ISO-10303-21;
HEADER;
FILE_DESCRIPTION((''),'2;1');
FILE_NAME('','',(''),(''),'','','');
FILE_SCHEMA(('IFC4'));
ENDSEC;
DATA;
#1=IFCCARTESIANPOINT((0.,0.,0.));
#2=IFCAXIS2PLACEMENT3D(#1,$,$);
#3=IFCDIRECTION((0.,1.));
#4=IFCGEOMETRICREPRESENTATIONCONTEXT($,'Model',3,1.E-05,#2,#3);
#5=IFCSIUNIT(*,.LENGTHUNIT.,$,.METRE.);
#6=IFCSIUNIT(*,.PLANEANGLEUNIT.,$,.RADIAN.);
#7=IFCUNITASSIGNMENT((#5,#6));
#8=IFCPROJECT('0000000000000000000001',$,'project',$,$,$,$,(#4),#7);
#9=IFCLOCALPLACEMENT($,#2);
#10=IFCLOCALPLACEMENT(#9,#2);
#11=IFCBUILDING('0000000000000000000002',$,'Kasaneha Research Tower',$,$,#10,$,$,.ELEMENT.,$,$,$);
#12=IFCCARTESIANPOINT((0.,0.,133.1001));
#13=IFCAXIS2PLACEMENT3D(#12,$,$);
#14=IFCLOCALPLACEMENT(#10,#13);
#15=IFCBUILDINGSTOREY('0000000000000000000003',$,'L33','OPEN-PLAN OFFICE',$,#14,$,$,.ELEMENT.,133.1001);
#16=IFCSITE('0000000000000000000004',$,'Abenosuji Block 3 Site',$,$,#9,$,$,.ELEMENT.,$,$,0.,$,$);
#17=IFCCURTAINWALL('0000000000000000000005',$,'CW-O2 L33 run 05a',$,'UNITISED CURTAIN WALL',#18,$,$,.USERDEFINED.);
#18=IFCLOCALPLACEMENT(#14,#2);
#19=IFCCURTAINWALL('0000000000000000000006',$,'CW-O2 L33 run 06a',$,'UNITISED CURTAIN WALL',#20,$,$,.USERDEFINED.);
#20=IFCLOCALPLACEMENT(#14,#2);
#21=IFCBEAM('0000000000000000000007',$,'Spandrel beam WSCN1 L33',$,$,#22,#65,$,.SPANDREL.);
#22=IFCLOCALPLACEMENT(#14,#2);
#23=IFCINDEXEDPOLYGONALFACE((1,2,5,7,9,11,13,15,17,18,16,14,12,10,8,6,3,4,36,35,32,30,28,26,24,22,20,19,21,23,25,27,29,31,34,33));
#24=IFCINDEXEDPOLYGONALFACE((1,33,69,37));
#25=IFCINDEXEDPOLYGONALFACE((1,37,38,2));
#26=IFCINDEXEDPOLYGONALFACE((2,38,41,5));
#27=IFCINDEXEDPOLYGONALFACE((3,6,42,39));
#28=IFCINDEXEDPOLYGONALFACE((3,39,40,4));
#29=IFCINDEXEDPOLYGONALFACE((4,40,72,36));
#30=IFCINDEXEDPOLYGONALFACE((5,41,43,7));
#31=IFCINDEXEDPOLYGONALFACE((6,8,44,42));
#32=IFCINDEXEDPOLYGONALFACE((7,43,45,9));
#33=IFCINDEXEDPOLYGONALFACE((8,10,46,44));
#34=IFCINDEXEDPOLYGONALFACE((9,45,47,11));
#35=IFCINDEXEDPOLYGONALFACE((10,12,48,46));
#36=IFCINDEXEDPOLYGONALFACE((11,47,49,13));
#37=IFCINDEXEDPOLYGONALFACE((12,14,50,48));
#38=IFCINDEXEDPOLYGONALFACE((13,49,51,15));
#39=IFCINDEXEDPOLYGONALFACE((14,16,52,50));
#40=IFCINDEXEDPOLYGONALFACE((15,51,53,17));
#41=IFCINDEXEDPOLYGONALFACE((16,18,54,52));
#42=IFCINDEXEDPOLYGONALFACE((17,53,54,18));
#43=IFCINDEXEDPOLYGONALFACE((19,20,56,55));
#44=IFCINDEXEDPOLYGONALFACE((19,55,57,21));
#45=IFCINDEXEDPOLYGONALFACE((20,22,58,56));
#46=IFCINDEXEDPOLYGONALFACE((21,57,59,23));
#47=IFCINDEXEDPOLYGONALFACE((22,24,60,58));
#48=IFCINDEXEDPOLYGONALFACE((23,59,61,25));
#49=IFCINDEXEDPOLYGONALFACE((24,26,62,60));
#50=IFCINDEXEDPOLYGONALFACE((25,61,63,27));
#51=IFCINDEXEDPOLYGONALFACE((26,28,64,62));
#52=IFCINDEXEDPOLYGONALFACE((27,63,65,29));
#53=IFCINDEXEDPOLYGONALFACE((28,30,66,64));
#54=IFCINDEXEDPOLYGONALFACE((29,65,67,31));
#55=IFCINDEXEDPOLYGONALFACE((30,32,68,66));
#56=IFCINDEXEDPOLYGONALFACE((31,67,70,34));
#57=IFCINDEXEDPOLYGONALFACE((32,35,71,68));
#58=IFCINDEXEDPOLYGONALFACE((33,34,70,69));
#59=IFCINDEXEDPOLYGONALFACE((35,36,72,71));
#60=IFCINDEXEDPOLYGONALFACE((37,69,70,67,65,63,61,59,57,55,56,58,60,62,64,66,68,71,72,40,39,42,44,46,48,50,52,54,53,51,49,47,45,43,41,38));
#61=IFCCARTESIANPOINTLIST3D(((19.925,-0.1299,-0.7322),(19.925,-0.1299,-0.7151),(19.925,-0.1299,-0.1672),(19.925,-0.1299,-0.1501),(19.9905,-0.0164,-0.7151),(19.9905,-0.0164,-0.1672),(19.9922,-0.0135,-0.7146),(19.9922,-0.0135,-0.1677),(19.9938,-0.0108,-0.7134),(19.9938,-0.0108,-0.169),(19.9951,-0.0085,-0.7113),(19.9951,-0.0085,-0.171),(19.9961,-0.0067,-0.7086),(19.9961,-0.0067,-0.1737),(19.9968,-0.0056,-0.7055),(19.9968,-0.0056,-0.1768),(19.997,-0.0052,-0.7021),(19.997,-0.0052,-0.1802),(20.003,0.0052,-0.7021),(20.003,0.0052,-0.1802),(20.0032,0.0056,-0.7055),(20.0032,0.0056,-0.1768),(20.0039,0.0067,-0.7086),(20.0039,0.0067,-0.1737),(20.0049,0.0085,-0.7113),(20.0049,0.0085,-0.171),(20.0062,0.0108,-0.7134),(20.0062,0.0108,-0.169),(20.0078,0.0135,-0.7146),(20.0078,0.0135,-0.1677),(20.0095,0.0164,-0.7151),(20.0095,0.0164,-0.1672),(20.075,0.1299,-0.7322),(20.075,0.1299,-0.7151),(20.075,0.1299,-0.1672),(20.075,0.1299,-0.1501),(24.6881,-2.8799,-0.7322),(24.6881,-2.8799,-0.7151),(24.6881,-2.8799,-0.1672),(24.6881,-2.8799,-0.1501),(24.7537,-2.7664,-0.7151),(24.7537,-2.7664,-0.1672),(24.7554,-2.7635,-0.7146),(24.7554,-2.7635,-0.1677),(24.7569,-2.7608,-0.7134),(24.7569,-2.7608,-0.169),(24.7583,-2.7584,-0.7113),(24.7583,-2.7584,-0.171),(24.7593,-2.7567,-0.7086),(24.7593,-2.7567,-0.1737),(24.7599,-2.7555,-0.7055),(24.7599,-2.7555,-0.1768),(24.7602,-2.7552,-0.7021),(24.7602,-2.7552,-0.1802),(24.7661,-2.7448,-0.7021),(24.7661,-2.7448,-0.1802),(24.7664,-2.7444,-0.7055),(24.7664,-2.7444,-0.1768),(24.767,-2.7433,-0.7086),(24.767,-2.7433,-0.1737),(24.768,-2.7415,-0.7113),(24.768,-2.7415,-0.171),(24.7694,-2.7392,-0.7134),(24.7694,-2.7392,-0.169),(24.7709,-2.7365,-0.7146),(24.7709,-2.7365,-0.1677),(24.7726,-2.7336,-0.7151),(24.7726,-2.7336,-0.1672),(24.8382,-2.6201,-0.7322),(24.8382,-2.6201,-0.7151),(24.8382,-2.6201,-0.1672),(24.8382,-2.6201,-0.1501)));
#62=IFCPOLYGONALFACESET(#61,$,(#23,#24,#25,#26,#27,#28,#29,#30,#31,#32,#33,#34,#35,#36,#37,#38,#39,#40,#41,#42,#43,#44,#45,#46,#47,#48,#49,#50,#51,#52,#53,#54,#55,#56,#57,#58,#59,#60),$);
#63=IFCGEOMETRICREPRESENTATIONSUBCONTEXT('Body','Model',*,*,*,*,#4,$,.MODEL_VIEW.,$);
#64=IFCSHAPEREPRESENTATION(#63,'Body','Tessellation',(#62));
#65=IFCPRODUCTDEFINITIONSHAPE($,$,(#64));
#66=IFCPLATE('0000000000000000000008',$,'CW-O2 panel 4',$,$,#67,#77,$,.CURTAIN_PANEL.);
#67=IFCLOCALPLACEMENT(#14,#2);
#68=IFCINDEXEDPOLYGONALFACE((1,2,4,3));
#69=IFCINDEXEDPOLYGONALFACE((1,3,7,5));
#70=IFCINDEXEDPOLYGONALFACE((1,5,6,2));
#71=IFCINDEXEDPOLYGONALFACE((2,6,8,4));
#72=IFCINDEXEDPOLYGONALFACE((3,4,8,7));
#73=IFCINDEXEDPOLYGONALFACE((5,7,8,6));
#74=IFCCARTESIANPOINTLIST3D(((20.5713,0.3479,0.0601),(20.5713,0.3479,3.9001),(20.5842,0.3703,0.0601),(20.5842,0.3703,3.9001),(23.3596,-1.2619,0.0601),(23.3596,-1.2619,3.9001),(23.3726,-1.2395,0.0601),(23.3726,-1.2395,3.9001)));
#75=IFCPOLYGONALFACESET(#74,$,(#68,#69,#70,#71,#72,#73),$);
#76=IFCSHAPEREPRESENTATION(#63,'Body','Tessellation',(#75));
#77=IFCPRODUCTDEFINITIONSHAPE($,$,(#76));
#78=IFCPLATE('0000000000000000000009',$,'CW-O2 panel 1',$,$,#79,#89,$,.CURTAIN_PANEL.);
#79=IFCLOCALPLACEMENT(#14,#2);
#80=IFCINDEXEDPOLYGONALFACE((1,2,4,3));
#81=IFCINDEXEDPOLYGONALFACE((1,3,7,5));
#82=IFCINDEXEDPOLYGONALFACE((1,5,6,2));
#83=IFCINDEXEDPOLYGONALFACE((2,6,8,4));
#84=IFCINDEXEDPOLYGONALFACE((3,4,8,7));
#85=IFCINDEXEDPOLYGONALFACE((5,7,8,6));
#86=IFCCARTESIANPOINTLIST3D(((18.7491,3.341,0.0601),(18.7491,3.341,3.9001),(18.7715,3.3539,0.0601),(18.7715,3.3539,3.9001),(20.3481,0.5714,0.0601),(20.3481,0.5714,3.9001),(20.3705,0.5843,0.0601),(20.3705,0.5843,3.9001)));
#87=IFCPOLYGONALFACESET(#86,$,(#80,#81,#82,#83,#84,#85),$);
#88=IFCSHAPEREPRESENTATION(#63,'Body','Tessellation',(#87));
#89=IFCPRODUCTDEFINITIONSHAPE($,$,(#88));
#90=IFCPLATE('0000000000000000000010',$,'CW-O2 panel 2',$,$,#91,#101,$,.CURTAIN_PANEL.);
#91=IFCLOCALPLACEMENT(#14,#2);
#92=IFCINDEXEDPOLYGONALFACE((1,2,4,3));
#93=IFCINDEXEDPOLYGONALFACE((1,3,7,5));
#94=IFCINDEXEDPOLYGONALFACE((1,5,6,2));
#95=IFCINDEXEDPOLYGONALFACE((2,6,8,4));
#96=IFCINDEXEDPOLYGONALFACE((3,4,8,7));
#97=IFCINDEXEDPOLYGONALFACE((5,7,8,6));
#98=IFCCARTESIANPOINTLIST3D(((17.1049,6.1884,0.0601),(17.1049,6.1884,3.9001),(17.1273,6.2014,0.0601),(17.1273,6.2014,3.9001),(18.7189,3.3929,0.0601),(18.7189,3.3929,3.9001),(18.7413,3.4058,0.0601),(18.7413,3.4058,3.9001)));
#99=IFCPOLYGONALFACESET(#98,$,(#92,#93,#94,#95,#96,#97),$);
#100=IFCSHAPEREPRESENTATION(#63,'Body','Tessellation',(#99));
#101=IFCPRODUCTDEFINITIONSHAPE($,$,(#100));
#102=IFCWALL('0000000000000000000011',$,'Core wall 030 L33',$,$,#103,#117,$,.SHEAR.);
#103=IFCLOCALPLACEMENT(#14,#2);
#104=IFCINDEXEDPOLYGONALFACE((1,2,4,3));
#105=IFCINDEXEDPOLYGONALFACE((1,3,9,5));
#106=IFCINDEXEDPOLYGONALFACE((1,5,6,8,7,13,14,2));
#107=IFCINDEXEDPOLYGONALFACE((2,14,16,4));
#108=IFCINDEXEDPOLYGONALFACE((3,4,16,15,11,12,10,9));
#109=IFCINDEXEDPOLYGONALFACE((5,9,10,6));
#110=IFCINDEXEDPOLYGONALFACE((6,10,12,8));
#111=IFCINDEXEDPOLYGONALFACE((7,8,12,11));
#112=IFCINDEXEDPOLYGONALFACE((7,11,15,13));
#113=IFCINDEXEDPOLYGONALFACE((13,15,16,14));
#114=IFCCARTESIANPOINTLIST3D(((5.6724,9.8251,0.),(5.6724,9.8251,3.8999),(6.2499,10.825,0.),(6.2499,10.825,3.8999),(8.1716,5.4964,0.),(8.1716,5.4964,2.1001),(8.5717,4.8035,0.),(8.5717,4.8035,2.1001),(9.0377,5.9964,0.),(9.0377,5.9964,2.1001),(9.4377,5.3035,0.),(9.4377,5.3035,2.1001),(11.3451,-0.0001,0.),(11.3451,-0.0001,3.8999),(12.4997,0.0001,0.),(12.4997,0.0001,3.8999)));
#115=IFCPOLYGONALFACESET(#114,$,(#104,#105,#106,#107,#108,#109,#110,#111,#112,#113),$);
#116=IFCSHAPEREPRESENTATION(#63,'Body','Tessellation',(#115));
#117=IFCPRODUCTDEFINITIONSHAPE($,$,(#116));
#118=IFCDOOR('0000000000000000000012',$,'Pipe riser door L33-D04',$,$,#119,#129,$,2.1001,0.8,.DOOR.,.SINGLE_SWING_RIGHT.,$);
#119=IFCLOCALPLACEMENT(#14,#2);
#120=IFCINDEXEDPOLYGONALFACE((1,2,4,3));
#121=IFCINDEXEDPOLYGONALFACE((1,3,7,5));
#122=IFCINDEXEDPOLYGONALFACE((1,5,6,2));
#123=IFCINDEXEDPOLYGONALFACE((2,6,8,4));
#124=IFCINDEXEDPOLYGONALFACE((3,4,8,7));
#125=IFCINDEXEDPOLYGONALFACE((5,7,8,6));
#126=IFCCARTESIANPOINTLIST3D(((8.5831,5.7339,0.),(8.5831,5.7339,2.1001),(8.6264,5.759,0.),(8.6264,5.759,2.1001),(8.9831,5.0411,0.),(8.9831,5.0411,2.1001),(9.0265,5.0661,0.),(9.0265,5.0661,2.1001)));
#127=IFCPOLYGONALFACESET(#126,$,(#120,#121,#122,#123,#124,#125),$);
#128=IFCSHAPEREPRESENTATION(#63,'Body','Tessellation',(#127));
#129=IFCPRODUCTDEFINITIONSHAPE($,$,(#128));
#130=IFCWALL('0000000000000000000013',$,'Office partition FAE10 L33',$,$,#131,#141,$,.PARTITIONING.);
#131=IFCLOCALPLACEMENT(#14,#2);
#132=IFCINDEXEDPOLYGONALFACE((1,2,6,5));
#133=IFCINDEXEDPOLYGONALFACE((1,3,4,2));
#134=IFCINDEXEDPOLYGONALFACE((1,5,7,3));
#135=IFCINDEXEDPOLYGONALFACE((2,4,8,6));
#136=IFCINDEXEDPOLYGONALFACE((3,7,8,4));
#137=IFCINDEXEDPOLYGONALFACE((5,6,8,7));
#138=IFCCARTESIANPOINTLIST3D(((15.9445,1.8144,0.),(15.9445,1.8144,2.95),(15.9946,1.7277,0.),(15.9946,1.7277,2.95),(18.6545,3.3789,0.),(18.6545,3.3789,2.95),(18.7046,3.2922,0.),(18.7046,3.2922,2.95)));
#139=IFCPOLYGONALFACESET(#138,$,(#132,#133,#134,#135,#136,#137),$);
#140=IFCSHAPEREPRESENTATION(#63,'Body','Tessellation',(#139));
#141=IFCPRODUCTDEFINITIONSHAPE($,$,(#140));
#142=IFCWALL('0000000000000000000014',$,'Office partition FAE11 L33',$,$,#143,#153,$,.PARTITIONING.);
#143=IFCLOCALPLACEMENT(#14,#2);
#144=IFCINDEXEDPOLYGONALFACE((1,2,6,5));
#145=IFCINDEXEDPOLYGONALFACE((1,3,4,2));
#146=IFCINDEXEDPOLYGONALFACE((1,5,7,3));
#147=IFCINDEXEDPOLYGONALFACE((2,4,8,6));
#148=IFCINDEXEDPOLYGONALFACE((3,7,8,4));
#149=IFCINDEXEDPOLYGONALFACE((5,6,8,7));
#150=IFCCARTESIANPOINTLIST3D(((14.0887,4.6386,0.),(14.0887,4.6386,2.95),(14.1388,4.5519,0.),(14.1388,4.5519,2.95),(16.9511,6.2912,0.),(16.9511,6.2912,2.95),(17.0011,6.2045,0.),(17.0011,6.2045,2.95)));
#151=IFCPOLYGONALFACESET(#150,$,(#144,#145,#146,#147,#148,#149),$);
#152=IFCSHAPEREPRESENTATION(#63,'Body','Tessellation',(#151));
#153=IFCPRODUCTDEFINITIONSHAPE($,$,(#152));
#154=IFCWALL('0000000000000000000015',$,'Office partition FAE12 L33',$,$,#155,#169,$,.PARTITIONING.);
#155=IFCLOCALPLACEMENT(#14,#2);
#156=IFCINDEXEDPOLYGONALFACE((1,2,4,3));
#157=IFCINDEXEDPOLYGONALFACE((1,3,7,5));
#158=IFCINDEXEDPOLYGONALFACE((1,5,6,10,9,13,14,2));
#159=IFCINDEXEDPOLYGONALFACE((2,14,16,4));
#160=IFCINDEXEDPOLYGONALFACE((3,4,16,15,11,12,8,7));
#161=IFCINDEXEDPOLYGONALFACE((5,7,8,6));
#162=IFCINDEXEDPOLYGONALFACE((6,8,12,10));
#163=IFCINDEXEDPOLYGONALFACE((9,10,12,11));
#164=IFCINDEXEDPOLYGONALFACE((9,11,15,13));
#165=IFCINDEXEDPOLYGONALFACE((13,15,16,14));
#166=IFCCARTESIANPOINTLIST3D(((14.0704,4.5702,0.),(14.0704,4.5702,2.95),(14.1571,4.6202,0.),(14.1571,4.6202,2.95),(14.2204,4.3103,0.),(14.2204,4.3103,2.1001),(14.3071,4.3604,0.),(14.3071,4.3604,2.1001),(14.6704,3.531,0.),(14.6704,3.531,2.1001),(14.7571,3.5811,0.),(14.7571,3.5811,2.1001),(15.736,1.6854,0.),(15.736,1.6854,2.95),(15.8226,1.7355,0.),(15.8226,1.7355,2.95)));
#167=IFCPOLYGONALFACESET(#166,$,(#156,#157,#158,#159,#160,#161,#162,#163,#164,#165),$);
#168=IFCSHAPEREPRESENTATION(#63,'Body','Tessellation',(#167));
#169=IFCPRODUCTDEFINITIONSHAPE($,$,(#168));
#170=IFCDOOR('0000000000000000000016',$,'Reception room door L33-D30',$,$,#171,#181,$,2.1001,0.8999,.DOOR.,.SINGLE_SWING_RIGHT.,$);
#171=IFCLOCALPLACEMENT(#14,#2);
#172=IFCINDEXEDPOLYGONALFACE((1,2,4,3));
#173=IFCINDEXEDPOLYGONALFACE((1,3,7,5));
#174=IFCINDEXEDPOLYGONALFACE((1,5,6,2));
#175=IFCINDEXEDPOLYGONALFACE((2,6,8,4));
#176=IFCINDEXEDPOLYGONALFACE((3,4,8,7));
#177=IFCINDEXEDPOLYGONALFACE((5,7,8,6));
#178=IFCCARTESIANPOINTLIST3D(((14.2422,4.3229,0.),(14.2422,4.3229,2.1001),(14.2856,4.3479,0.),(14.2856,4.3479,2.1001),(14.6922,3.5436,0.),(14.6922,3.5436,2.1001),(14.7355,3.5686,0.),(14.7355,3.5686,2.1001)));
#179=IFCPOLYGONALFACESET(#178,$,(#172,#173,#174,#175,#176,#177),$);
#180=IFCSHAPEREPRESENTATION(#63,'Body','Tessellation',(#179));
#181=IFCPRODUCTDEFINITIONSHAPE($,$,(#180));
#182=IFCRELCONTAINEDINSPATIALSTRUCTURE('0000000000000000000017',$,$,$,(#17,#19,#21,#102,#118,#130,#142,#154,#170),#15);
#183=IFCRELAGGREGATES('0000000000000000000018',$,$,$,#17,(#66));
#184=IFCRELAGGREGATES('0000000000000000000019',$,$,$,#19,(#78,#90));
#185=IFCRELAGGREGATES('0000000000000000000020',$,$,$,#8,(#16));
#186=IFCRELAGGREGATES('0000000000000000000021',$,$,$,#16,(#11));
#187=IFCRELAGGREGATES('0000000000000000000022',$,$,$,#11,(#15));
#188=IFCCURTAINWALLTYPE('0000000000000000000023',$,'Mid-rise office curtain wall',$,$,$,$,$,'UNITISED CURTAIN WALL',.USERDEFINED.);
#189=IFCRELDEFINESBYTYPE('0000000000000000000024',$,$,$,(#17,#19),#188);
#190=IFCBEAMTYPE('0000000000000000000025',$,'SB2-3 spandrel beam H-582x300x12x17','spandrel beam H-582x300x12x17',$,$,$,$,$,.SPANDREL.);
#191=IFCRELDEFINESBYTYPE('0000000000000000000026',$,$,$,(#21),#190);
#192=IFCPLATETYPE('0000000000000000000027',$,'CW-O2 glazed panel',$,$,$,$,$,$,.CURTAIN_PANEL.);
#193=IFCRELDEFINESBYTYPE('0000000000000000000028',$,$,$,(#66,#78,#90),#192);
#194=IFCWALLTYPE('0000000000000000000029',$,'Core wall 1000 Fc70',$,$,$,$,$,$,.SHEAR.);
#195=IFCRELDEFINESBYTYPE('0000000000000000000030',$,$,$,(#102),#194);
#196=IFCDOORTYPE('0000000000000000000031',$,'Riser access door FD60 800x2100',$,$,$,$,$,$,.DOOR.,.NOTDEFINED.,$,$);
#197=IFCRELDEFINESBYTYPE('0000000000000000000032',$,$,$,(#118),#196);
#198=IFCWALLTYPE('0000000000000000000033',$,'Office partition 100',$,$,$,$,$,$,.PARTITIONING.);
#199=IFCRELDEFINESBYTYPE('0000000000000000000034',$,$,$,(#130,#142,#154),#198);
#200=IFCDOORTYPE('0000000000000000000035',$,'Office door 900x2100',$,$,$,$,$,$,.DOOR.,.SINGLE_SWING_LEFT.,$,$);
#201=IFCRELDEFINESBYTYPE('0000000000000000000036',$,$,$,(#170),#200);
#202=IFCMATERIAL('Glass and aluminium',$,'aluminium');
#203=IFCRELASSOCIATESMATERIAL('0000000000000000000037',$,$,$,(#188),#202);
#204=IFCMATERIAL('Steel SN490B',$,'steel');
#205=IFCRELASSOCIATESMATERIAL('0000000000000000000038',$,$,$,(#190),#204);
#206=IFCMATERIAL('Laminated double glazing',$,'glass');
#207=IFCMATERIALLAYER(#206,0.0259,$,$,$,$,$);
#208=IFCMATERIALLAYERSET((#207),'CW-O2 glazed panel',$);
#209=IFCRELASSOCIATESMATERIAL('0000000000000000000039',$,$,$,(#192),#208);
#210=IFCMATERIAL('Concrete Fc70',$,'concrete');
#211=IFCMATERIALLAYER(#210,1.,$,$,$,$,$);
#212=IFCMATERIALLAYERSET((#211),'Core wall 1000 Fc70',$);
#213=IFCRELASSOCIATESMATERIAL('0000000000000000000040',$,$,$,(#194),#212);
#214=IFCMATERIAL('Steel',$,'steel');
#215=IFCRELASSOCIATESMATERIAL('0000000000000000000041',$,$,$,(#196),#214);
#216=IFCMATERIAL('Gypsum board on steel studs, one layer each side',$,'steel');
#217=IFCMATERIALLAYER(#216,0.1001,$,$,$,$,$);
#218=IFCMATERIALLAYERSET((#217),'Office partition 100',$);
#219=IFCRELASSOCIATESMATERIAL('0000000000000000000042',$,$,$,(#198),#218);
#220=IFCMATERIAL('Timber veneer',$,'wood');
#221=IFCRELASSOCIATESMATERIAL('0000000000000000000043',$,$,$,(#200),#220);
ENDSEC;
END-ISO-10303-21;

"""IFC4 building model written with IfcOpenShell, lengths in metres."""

from ifc_helpers import new_model, si_unit, direction, frame, frame_2d, origin, origin_2d, place, context, subcontext, project, spatial, polyline, rectangle, i_section, outline, extrude, material, layer, layer_set, material_profile, profile_set, type_object, element, fill, aggregate, save


model = new_model("IFC4")

# Units and contexts
model_context = context("Model", 3, precision=1e-05, world=origin(), true_north=direction((0.0, 1.0)))
body_context = subcontext(model_context, "Body", "Model", "MODEL_VIEW")
ifc_project = project(units=[si_unit("LENGTHUNIT", "METRE"), si_unit("PLANEANGLEUNIT", "RADIAN")], contexts=[model_context])

# Site, building, storey
site_placement = place(None, origin())
site = spatial("IfcSite", under=ifc_project, at=site_placement, Name="Abenosuji Block 3 Site", CompositionType="ELEMENT", RefElevation=0.0)
building_placement = place(site_placement, origin())
building = spatial("IfcBuilding", under=site, at=building_placement, Name="Kasaneha Research Tower", CompositionType="ELEMENT")
storey_placement = place(building_placement, frame((0.0, 0.0, 133.1001)))
storey = spatial("IfcBuildingStorey", under=building, at=storey_placement, Name="L33", Description="OPEN-PLAN OFFICE", CompositionType="ELEMENT", Elevation=133.1001)

# Curtain walls
ifc_material_1 = material(Name="Glass and aluminium", Category="aluminium")
curtain_wall_type = type_object("IfcCurtainWallType", Name="Mid-rise office curtain wall", ElementType="UNITISED CURTAIN WALL", PredefinedType="USERDEFINED", material=ifc_material_1)
curtain_wall_1_placement = place(storey_placement, origin())
curtain_wall_1 = element("IfcCurtainWall", 1, at=curtain_wall_1_placement, inside=storey, type_object=curtain_wall_type, Name="CW-O2 L33 run 05a", ObjectType="UNITISED CURTAIN WALL", PredefinedType="USERDEFINED")
curtain_wall_2_placement = place(storey_placement, origin())
curtain_wall_2 = element("IfcCurtainWall", 2, at=curtain_wall_2_placement, inside=storey, type_object=curtain_wall_type, Name="CW-O2 L33 run 06a", ObjectType="UNITISED CURTAIN WALL", PredefinedType="USERDEFINED")

# Beam
ifc_material_2 = material(Name="Steel SN490B", Category="steel")
ifc_material_profile_1 = material_profile(ifc_material_2, i_section(OverallWidth=0.3, OverallDepth=0.582, WebThickness=0.012, FlangeThickness=0.0171, FilletRadius=0.0129, at=origin_2d()), Name="H-582x300x12x17")
ifc_profile_set_1 = profile_set([ifc_material_profile_1], Name="Steel SN490B")
beam_type_1 = type_object("IfcBeamType", Name="SB2-3 spandrel beam H-582x300x12x17", Description="spandrel beam H-582x300x12x17", PredefinedType="SPANDREL", material=ifc_profile_set_1)
beam_1_placement = place(storey_placement, frame((20.0, 0.0, -0.4412), z_axis=(0.866027, -0.499997, 0.0), x_axis=(0.499997, 0.866027, 0.0)))
element("IfcBeam", 3, at=beam_1_placement, inside=storey, type_object=beam_type_1, Name="Spandrel beam WSCN1 L33", PredefinedType="SPANDREL", context=body_context, shape_type="SweptSolid", body=[
    extrude(i_section(OverallWidth=0.3, OverallDepth=0.582, WebThickness=0.012, FlangeThickness=0.0171, FilletRadius=0.0129, at=origin_2d()), origin(), (0.0, 0.0, 1.0), 5.5),
])

# Plates
ifc_material_3 = material(Name="Laminated double glazing", Category="glass")
ifc_layer_1 = layer(ifc_material_3, 0.0259)
ifc_layer_set_1 = layer_set([ifc_layer_1], Name="CW-O2 glazed panel")
plate_type = type_object("IfcPlateType", Name="CW-O2 glazed panel", PredefinedType="CURTAIN_PANEL", material=ifc_layer_set_1)
plate_1_placement = place(storey_placement, frame((21.9719, -0.4458, 0.0601), z_axis=(0.0, 0.0, 1.0), x_axis=(-0.866025, 0.5, 0.0)))
plate_1 = element("IfcPlate", 4, at=plate_1_placement, type_object=plate_type, Name="CW-O2 panel 4", PredefinedType="CURTAIN_PANEL", context=body_context, shape_type="SweptSolid", body=[
    extrude(rectangle(XDim=3.2197, YDim=0.0259, at=origin_2d()), origin(), (0.0, 0.0, 1.0), 3.8401),
])
aggregate(curtain_wall_1, [plate_1])
plate_2_placement = place(storey_placement, frame((19.5598, 1.9626, 0.0601), z_axis=(0.0, 0.0, 1.0), x_axis=(-0.5, 0.866025, 0.0)))
plate_2 = element("IfcPlate", 5, at=plate_2_placement, type_object=plate_type, Name="CW-O2 panel 1", PredefinedType="CURTAIN_PANEL", context=body_context, shape_type="SweptSolid", body=[
    extrude(rectangle(XDim=3.198, YDim=0.0259, at=origin_2d()), origin(), (0.0, 0.0, 1.0), 3.8401),
])
plate_3_placement = place(storey_placement, frame((17.9231, 4.7971, 0.0601), z_axis=(0.0, 0.0, 1.0), x_axis=(-0.5, 0.866025, 0.0)))
plate_3 = element("IfcPlate", 6, at=plate_3_placement, type_object=plate_type, Name="CW-O2 panel 2", PredefinedType="CURTAIN_PANEL", context=body_context, shape_type="SweptSolid", body=[
    extrude(rectangle(XDim=3.228, YDim=0.0259, at=origin_2d()), origin(), (0.0, 0.0, 1.0), 3.8401),
])
aggregate(curtain_wall_2, [plate_2, plate_3])

# Wall, opening, door
ifc_material_4 = material(Name="Concrete Fc70", Category="concrete")
ifc_layer_2 = layer(ifc_material_4, 1.0)
ifc_layer_set_2 = layer_set([ifc_layer_2], Name="Core wall 1000 Fc70")
wall_type_1 = type_object("IfcWallType", Name="Core wall 1000 Fc70", PredefinedType="SHEAR", material=ifc_layer_set_2)
wall_1_placement = place(storey_placement, frame((11.9224, 0.0, 0.0), z_axis=(0.0, 0.0, 1.0), x_axis=(-0.500004, 0.866023, 0.0)))
wall_1 = element("IfcWall", 7, at=wall_1_placement, inside=storey, type_object=wall_type_1, Name="Core wall 030 L33", PredefinedType="SHEAR", context=body_context, shape_type="SweptSolid", body=[
    extrude(outline(polyline([(-0.2886, -0.5), (5.8354, -0.5), (6.6355, -0.5), (12.2109, -0.5), (11.6338, 0.5), (6.6355, 0.5), (5.8354, 0.5), (0.2886, 0.5), (-0.2886, -0.5)])), origin(), (0.0, 0.0, 1.0), 3.8999),
])
opening_1_placement = place(wall_1_placement, frame((5.8354, 0.0, 0.0)))
opening_1 = element("IfcOpeningElement", 8, at=opening_1_placement, cuts=wall_1, PredefinedType="OPENING", context=body_context, shape_type="SweptSolid", body=[
    extrude(rectangle(XDim=0.8, YDim=2.1001, at=frame_2d((0.3999, 1.05))), frame((0.0, 0.51, 0.0), z_axis=(0.0, -1.0, 0.0), x_axis=(1.0, 0.0, 0.0)), (0.0, 0.0, 1.0), 1.02),
])
ifc_material_5 = material(Name="Steel", Category="steel")
door_type_1 = type_object("IfcDoorType", Name="Riser access door FD60 800x2100", OperationType="NOTDEFINED", PredefinedType="DOOR", material=ifc_material_5)
door_1_placement = place(opening_1_placement, origin())
door_1 = element("IfcDoor", 9, at=door_1_placement, inside=storey, type_object=door_type_1, Name="Pipe riser door L33-D04", OperationType="SINGLE_SWING_RIGHT", OverallHeight=2.1001, OverallWidth=0.8, PredefinedType="DOOR", context=body_context, shape_type="SweptSolid", body=[
    extrude(rectangle(XDim=0.8, YDim=2.1001, at=frame_2d((0.3999, 1.05))), frame((0.0, 0.0249, 0.0), z_axis=(0.0, -1.0, 0.0), x_axis=(1.0, 0.0, 0.0)), (0.0, 0.0, 1.0), 0.05),
])
fill(opening_1, door_1)

# Walls
ifc_material_6 = material(Name="Gypsum board on steel studs, one layer each side", Category="steel")
ifc_layer_3 = layer(ifc_material_6, 0.1001)
ifc_layer_set_3 = layer_set([ifc_layer_3], Name="Office partition 100")
wall_type_2 = type_object("IfcWallType", Name="Office partition 100", PredefinedType="PARTITIONING", material=ifc_layer_set_3)
wall_2_placement = place(storey_placement, frame((18.6794, 3.3354, 0.0), z_axis=(0.0, 0.0, 1.0), x_axis=(-0.866045, -0.499966, 0.0)))
element("IfcWall", 10, at=wall_2_placement, inside=storey, type_object=wall_type_2, Name="Office partition FAE10 L33", PredefinedType="PARTITIONING", context=body_context, shape_type="SweptSolid", body=[
    extrude(rectangle(XDim=3.1292, YDim=0.1001, at=frame_2d((1.5645, 0.0))), origin(), (0.0, 0.0, 1.0), 2.95),
])
wall_3_placement = place(storey_placement, frame((14.1138, 4.5952, 0.0), z_axis=(0.0, 0.0, 1.0), x_axis=(0.866021, 0.500008, 0.0)))
element("IfcWall", 11, at=wall_3_placement, inside=storey, type_object=wall_type_2, Name="Office partition FAE11 L33", PredefinedType="PARTITIONING", context=body_context, shape_type="SweptSolid", body=[
    extrude(rectangle(XDim=3.3052, YDim=0.1001, at=frame_2d((1.6526, 0.0))), origin(), (0.0, 0.0, 1.0), 2.95),
])

# Wall, opening, door
wall_4_placement = place(storey_placement, frame((15.7793, 1.7104, 0.0), z_axis=(0.0, 0.0, 1.0), x_axis=(-0.500002, 0.866024, 0.0)))
wall_4 = element("IfcWall", 12, at=wall_4_placement, inside=storey, type_object=wall_type_2, Name="Office partition FAE12 L33", PredefinedType="PARTITIONING", context=body_context, shape_type="SweptSolid", body=[
    extrude(rectangle(XDim=3.3311, YDim=0.1001, at=frame_2d((1.6655, 0.0))), origin(), (0.0, 0.0, 1.0), 2.95),
])
opening_2_placement = place(wall_4_placement, frame((2.1311, 0.0, 0.0)))
opening_2 = element("IfcOpeningElement", 13, at=opening_2_placement, cuts=wall_4, PredefinedType="OPENING", context=body_context, shape_type="SweptSolid", body=[
    extrude(rectangle(XDim=0.8999, YDim=2.1001, at=frame_2d((0.45, 1.05))), frame((0.0, 0.0601, 0.0), z_axis=(0.0, -1.0, 0.0), x_axis=(1.0, 0.0, 0.0)), (0.0, 0.0, 1.0), 0.1201),
])
ifc_material_7 = material(Name="Timber veneer", Category="wood")
door_type_2 = type_object("IfcDoorType", Name="Office door 900x2100", OperationType="SINGLE_SWING_LEFT", PredefinedType="DOOR", material=ifc_material_7)
door_2_placement = place(opening_2_placement, origin())
door_2 = element("IfcDoor", 14, at=door_2_placement, inside=storey, type_object=door_type_2, Name="Reception room door L33-D30", OperationType="SINGLE_SWING_RIGHT", OverallHeight=2.1001, OverallWidth=0.8999, PredefinedType="DOOR", context=body_context, shape_type="SweptSolid", body=[
    extrude(rectangle(XDim=0.8999, YDim=2.1001, at=frame_2d((0.45, 1.05))), frame((0.0, 0.0249, 0.0), z_axis=(0.0, -1.0, 0.0), x_axis=(1.0, 0.0, 0.0)), (0.0, 0.0, 1.0), 0.05),
])
fill(opening_2, door_2)

save(model, "model.ifc")
